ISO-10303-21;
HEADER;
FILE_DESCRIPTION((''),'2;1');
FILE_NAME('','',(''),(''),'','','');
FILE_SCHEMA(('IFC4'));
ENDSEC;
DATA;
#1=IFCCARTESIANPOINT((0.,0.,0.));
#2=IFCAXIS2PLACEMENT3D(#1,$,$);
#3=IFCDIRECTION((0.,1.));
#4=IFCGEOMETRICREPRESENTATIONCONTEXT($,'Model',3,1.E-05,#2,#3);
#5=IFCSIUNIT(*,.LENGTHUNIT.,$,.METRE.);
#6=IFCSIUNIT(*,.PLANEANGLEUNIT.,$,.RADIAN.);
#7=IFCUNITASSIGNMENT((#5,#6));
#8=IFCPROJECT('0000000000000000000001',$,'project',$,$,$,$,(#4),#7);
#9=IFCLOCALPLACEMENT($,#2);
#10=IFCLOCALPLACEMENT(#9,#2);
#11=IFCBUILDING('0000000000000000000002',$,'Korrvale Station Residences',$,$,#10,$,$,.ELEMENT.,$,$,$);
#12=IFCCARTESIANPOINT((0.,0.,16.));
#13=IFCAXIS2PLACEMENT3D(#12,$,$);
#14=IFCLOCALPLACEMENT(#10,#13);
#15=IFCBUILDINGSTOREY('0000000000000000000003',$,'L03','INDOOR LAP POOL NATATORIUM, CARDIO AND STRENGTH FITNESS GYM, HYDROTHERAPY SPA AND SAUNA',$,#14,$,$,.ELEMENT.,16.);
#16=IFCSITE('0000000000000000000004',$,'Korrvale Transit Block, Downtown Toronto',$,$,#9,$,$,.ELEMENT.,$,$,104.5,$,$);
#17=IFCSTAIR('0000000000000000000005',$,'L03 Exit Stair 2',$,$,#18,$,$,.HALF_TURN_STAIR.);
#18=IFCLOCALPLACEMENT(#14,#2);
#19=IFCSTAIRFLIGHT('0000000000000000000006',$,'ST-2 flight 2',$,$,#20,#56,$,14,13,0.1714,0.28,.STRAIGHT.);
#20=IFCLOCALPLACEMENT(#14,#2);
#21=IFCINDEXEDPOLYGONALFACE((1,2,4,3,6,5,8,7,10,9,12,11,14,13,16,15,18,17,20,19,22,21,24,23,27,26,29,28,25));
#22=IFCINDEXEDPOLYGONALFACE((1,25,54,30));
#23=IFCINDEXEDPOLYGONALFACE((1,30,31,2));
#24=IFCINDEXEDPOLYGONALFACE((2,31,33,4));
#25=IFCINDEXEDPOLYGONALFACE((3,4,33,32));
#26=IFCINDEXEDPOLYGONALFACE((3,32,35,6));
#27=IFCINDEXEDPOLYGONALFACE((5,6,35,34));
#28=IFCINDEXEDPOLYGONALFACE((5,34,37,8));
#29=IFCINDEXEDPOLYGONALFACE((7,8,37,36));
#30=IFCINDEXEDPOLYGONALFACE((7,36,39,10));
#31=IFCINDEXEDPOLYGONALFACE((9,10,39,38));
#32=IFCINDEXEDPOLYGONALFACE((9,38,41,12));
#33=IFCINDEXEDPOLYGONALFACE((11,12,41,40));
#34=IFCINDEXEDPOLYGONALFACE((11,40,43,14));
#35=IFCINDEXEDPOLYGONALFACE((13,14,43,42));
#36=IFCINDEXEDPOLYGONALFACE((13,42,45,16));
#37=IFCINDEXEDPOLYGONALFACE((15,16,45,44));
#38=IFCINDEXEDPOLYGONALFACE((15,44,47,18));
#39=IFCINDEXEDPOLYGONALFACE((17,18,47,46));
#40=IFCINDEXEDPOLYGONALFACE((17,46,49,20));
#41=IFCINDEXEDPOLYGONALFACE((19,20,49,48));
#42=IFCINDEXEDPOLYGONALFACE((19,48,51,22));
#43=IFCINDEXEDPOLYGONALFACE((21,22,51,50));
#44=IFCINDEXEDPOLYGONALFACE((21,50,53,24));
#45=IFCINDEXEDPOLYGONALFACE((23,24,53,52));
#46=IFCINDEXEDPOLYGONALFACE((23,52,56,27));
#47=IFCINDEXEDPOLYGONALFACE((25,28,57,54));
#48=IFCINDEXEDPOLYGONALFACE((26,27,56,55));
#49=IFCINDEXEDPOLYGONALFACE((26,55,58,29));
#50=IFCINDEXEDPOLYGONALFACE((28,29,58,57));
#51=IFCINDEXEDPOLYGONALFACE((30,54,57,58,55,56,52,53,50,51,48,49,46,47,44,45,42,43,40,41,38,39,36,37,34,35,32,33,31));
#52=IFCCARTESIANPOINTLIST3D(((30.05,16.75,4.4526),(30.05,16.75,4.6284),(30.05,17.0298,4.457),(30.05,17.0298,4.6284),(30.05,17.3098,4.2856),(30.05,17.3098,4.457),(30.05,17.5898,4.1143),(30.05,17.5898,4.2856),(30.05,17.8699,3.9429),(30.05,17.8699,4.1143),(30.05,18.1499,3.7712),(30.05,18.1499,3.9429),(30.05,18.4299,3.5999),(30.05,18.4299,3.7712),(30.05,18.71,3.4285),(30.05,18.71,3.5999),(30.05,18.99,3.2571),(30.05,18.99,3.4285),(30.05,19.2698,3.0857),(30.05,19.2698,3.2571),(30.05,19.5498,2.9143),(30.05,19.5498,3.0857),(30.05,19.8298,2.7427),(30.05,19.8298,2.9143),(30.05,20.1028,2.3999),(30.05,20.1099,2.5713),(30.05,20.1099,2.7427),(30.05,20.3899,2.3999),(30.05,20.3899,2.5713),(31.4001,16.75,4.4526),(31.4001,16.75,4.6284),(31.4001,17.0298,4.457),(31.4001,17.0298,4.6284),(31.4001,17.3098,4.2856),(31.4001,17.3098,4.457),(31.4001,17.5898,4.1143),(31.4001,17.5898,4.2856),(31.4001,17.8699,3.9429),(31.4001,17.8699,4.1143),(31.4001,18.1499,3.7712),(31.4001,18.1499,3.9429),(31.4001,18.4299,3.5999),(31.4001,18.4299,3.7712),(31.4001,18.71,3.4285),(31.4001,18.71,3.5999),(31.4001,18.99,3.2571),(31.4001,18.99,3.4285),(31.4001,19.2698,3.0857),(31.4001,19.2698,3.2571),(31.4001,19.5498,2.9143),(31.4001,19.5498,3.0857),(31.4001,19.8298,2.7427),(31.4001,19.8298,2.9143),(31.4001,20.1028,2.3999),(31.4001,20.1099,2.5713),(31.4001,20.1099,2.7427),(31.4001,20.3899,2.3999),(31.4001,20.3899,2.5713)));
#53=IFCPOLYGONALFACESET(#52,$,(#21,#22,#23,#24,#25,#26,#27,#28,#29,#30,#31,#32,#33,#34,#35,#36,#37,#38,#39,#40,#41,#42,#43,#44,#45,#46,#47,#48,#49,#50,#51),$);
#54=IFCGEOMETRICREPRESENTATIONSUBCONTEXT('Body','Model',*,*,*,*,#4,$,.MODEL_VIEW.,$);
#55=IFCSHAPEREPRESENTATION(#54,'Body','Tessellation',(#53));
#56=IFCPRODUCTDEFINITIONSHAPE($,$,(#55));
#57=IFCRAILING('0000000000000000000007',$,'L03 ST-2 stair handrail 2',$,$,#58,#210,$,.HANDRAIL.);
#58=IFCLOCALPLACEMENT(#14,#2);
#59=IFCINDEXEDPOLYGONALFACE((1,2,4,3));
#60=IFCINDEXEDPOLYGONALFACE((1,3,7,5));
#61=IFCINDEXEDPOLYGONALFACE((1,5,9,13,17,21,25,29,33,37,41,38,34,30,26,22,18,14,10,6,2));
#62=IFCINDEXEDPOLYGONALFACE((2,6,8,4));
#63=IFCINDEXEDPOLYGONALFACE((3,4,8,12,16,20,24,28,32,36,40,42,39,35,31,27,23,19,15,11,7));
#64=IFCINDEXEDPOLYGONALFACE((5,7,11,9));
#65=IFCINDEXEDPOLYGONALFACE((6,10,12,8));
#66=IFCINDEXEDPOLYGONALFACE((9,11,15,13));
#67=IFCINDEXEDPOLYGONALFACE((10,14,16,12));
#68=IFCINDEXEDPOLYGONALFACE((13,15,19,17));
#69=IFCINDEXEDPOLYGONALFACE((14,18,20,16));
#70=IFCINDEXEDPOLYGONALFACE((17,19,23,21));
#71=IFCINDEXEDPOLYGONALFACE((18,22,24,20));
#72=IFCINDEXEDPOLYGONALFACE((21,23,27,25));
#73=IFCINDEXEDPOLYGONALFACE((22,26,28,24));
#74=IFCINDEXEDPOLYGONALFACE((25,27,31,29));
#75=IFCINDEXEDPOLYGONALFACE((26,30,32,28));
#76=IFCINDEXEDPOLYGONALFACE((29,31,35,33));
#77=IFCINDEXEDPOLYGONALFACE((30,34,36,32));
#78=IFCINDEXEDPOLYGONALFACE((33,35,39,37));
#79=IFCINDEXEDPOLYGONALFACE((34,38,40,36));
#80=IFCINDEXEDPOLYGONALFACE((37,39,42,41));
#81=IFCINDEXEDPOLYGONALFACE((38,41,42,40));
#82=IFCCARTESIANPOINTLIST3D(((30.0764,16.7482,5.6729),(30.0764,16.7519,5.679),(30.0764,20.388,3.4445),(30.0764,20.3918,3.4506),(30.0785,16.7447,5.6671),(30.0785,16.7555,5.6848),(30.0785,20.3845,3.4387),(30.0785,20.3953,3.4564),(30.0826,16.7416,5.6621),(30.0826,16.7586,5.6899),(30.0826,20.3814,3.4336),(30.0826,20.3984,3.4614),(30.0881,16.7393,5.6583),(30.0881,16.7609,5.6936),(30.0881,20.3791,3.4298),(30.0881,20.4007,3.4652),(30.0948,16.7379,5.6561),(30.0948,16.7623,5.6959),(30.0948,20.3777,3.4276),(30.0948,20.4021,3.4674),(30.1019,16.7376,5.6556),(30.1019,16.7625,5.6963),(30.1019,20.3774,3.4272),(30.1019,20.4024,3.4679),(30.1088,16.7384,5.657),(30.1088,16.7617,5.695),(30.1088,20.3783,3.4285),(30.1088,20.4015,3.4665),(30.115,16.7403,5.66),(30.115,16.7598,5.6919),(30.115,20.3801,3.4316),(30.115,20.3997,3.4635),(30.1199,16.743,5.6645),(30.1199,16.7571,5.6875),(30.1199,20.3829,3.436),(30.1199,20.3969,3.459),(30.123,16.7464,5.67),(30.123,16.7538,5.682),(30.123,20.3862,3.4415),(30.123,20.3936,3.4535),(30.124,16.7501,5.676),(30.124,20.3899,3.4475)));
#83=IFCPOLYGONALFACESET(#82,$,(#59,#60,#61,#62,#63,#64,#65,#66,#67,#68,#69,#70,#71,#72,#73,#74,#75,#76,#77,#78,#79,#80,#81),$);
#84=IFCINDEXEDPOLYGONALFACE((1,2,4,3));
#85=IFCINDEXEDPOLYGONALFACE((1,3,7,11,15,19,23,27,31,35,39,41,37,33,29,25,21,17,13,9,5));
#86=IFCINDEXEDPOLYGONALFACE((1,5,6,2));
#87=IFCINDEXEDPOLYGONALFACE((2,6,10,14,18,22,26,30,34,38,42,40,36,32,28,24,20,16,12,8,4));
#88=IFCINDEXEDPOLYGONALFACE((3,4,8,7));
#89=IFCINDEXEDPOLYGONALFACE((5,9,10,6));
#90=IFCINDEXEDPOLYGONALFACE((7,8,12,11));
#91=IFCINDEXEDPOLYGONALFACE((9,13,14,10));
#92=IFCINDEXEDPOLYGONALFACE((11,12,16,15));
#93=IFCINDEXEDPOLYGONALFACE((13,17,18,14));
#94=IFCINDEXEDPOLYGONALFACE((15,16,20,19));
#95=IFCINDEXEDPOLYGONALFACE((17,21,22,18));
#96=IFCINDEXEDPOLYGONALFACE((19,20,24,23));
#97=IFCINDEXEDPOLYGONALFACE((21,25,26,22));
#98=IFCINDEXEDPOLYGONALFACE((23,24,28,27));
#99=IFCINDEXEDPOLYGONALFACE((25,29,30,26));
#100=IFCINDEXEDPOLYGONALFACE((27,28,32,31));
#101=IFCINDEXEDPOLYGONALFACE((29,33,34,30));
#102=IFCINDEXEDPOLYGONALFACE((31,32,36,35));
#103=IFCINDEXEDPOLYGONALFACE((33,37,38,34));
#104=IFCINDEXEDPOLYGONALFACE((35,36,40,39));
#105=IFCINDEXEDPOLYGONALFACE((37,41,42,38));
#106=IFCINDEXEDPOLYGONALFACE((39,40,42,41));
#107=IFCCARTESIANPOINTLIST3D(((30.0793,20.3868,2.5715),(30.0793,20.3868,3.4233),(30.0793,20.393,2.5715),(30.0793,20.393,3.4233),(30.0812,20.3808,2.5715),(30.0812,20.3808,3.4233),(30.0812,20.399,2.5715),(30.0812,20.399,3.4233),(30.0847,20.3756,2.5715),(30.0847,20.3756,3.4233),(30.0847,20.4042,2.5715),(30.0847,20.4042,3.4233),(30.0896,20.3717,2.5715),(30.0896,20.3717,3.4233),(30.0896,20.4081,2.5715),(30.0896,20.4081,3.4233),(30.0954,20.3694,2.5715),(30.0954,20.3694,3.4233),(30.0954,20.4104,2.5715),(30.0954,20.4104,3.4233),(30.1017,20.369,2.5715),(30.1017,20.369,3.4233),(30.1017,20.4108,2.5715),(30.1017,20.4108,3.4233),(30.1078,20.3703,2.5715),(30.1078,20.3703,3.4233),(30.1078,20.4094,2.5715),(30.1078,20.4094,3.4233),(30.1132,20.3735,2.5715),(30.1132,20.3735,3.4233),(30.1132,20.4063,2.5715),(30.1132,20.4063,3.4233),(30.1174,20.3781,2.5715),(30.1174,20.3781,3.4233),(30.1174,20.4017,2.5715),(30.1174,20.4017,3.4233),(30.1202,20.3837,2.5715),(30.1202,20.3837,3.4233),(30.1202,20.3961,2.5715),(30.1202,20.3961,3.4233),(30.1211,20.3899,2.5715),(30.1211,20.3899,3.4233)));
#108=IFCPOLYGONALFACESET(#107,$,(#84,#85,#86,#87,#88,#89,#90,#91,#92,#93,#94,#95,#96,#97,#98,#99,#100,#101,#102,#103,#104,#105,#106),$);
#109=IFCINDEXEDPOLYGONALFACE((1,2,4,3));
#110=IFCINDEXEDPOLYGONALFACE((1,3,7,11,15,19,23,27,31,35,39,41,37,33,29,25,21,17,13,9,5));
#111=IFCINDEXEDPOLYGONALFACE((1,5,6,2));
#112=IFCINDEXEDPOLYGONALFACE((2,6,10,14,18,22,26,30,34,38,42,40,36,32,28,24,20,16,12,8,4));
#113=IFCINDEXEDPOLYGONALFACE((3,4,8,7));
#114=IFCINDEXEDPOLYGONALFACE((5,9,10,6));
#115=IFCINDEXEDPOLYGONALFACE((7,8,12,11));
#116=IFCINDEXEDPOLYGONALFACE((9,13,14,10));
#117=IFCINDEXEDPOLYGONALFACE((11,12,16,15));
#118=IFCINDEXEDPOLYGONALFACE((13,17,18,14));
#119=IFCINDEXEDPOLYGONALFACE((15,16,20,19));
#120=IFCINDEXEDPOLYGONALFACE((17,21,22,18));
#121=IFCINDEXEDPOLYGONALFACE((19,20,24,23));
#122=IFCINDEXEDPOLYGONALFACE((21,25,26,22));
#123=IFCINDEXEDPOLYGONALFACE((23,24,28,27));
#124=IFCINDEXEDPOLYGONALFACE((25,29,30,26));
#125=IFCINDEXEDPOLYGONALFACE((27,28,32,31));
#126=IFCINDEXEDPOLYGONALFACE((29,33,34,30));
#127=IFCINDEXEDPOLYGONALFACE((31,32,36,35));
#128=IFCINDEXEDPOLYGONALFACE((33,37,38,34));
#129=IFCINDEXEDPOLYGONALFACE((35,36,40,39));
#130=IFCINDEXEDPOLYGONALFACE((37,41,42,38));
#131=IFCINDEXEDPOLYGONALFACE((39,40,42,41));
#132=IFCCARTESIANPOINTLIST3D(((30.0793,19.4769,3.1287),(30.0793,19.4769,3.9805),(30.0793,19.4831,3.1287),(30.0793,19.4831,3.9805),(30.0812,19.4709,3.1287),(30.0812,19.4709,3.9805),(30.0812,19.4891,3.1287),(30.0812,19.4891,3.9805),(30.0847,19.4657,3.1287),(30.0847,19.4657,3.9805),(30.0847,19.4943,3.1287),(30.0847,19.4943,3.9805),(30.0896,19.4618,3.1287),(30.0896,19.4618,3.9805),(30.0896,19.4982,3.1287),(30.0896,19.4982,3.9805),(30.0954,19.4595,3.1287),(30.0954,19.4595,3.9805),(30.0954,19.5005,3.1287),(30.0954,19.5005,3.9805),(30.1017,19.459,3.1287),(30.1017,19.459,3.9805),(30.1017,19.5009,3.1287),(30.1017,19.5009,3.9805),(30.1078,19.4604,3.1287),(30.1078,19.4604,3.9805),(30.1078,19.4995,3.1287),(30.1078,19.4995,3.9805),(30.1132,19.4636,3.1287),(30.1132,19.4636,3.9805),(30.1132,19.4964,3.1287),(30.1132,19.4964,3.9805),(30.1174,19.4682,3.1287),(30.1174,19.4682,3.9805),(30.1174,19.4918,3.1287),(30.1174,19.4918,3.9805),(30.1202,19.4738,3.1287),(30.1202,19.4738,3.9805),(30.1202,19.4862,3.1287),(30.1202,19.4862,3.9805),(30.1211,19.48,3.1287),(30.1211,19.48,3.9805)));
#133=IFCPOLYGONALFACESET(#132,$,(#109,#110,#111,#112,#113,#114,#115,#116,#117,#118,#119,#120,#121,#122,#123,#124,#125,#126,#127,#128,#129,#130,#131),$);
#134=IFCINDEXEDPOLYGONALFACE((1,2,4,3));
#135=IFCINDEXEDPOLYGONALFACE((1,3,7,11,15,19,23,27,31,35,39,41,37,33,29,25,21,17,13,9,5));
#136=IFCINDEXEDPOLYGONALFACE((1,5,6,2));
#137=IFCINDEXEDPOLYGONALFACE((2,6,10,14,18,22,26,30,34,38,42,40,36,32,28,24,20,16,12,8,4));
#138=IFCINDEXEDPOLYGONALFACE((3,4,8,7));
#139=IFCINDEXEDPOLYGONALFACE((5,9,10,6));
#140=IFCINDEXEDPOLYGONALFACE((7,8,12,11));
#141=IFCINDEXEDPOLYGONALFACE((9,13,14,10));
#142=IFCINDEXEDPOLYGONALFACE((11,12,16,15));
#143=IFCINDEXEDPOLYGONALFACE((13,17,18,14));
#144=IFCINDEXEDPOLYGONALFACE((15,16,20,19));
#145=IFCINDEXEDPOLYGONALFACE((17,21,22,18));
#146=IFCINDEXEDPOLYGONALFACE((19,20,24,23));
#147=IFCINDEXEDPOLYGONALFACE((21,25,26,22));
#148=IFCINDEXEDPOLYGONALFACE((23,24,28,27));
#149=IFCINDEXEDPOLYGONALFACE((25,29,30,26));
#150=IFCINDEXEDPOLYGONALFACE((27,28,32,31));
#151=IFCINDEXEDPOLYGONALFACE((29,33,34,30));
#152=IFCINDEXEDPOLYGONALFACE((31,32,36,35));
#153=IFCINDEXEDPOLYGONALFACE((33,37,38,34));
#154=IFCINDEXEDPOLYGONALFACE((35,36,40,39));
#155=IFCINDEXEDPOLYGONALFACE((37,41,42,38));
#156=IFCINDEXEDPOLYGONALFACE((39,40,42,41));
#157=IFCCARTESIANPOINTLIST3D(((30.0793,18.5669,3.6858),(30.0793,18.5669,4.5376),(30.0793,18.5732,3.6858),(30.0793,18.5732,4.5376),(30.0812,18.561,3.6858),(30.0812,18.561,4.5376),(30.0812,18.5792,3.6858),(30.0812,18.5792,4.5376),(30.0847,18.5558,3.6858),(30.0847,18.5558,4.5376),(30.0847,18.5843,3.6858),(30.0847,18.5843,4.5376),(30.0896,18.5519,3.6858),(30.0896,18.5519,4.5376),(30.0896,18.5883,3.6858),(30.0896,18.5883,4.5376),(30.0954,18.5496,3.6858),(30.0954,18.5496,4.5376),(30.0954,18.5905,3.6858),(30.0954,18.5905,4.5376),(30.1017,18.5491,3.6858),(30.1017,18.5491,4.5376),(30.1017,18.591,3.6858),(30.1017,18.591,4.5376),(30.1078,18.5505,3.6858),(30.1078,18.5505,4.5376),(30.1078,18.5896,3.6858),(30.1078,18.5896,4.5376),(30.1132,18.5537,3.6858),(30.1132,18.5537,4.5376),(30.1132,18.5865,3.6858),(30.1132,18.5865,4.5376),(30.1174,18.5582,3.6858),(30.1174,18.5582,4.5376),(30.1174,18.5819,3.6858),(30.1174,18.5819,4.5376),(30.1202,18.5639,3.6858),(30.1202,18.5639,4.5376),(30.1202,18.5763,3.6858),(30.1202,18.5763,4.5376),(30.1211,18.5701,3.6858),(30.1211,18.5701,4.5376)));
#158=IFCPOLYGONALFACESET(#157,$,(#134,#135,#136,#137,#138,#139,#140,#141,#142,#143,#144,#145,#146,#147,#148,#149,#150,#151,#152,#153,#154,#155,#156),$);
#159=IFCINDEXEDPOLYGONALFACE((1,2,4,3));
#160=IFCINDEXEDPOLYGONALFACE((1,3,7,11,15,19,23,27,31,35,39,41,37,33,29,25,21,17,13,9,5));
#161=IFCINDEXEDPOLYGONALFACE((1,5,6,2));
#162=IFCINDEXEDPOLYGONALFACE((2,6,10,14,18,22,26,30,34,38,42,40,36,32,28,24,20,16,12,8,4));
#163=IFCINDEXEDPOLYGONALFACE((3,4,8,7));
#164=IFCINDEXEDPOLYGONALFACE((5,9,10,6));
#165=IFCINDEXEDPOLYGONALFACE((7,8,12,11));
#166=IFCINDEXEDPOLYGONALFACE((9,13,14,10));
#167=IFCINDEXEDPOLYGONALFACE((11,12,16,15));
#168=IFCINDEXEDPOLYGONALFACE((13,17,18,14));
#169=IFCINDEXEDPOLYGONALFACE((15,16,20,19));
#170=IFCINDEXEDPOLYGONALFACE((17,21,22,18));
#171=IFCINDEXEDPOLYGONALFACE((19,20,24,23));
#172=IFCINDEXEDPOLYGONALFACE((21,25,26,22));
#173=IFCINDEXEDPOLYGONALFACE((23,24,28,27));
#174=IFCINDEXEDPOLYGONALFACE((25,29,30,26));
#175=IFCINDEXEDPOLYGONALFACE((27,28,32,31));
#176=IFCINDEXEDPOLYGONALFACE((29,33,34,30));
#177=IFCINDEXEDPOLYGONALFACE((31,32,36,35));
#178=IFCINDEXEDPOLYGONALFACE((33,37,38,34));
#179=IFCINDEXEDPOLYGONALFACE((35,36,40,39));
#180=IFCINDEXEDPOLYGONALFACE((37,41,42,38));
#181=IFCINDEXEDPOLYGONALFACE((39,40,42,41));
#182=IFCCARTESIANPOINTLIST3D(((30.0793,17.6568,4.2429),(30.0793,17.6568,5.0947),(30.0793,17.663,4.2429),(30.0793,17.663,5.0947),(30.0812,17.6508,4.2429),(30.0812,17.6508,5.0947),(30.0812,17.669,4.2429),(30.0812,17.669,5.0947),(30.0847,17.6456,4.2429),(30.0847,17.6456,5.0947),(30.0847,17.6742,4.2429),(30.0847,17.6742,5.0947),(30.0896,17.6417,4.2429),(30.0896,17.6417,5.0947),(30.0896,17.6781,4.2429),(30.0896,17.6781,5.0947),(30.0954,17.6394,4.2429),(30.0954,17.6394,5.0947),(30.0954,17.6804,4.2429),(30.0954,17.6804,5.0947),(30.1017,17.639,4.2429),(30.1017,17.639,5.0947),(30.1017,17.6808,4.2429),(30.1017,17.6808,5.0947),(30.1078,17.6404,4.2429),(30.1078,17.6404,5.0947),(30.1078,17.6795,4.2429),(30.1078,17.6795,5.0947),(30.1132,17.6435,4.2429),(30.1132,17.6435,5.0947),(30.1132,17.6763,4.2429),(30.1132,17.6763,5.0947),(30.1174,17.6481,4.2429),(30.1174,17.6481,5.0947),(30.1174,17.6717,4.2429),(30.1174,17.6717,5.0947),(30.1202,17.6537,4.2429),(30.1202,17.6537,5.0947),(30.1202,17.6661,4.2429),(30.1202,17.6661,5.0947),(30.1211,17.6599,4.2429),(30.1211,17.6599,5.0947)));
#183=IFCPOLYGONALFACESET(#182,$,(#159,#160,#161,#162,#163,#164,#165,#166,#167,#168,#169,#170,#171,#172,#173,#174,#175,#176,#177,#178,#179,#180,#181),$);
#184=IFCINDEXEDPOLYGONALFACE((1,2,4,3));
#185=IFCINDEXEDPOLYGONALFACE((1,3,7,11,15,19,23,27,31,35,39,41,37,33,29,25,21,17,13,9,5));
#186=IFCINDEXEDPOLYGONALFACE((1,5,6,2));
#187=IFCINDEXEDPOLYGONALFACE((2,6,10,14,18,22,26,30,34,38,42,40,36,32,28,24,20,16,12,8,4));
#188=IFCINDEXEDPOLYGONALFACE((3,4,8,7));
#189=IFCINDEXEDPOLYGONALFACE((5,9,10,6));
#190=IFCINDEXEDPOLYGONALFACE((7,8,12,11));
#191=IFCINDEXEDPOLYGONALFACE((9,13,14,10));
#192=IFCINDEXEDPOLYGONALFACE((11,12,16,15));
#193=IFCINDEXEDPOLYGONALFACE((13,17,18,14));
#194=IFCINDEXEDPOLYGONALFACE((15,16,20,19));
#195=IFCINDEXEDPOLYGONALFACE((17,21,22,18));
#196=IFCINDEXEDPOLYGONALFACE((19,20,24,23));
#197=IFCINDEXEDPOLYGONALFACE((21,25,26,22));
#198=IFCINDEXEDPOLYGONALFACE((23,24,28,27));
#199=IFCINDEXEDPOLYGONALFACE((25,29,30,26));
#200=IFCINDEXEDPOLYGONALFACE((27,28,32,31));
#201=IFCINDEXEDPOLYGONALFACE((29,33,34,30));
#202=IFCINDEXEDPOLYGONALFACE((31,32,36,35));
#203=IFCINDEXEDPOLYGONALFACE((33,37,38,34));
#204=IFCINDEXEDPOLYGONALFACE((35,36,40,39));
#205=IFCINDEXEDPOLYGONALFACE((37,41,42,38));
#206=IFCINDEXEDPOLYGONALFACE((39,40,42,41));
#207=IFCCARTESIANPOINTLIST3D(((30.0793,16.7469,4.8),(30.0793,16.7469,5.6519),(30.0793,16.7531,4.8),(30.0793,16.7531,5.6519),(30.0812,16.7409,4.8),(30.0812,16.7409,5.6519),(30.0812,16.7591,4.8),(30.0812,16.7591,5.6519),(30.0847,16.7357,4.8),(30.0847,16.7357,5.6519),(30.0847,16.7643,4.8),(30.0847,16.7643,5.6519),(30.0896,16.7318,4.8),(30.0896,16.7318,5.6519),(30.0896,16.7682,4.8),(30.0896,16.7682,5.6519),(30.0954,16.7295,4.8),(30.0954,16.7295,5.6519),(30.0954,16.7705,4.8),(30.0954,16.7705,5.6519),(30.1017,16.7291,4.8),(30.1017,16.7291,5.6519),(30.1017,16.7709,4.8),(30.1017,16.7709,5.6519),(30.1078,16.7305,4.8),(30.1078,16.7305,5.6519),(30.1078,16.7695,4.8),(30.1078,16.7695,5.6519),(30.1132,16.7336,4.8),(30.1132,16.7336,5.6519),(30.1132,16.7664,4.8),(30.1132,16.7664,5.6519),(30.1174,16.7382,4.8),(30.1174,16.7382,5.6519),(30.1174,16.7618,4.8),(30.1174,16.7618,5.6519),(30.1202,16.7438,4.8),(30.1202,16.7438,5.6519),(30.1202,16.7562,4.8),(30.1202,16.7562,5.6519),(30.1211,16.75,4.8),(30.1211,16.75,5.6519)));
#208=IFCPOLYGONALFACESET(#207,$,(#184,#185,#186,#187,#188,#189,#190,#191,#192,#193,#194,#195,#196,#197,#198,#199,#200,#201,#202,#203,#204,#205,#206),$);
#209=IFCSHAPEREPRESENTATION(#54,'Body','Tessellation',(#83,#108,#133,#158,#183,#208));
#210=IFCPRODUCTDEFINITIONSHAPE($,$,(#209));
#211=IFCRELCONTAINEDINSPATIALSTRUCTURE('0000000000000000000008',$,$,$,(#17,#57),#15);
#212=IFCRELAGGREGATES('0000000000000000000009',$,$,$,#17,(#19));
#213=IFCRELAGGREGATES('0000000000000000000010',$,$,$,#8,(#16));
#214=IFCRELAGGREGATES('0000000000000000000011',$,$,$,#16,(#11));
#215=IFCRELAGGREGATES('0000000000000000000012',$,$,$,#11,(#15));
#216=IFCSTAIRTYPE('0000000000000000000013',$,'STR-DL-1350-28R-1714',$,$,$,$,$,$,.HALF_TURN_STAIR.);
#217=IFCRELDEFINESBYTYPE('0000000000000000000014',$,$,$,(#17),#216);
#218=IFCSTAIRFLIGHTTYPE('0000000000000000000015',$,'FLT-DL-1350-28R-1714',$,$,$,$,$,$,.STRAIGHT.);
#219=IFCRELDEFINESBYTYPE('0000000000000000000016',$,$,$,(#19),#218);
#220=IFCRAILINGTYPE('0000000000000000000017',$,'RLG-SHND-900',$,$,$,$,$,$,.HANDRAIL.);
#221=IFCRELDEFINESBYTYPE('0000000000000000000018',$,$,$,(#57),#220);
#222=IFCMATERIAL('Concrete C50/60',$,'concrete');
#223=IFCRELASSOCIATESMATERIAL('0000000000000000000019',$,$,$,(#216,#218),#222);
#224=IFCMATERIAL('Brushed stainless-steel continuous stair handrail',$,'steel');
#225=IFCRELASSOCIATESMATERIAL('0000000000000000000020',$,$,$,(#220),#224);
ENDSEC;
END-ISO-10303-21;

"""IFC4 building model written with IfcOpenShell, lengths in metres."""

from ifc_helpers import new_model, si_unit, direction, frame, origin, origin_2d, place, context, subcontext, project, spatial, polyline, circle, outline, extrude, material, type_object, element, aggregate, save


model = new_model("IFC4")

# Units and contexts
model_context = context("Model", 3, precision=1e-05, world=origin(), true_north=direction((0.0, 1.0)))
body_context = subcontext(model_context, "Body", "Model", "MODEL_VIEW")
ifc_project = project(units=[si_unit("LENGTHUNIT", "METRE"), si_unit("PLANEANGLEUNIT", "RADIAN")], contexts=[model_context])

# Site, building, storey
site_placement = place(None, origin())
site = spatial("IfcSite", under=ifc_project, at=site_placement, Name="Korrvale Transit Block, Downtown Toronto", CompositionType="ELEMENT", RefElevation=104.5)
building_placement = place(site_placement, origin())
building = spatial("IfcBuilding", under=site, at=building_placement, Name="Korrvale Station Residences", CompositionType="ELEMENT")
storey_placement = place(building_placement, frame((0.0, 0.0, 16.0)))
storey = spatial("IfcBuildingStorey", under=building, at=storey_placement, Name="L03", Description="INDOOR LAP POOL NATATORIUM, CARDIO AND STRENGTH FITNESS GYM, HYDROTHERAPY SPA AND SAUNA", CompositionType="ELEMENT", Elevation=16.0)

# Stair, stair flight
ifc_material_1 = material(Name="Concrete C50/60", Category="concrete")
stair_type = type_object("IfcStairType", Name="STR-DL-1350-28R-1714", PredefinedType="HALF_TURN_STAIR", material=ifc_material_1)
stair_placement = place(storey_placement, origin())
stair = element("IfcStair", 1, at=stair_placement, inside=storey, type_object=stair_type, Name="L03 Exit Stair 2", PredefinedType="HALF_TURN_STAIR")
stair_flight_type = type_object("IfcStairFlightType", Name="FLT-DL-1350-28R-1714", PredefinedType="STRAIGHT", material=ifc_material_1)
stair_flight_placement = place(storey_placement, frame((30.7251, 20.3899, 2.3999), z_axis=(0.0, 0.0, 1.0), x_axis=(0.0, -1.0, 0.0)))
stair_flight = element("IfcStairFlight", 2, at=stair_flight_placement, type_object=stair_flight_type, Name="ST-2 flight 2", NumberOfRisers=14, NumberOfTreads=13, PredefinedType="STRAIGHT", RiserHeight=0.1714, TreadLength=0.28, context=body_context, shape_type="SweptSolid", body=[
    extrude(outline(polyline([(0.0, 0.0), (0.0, 0.1714), (0.28, 0.1714), (0.28, 0.3428), (0.5601, 0.3428), (0.5601, 0.5144), (0.8401, 0.5144), (0.8401, 0.6858), (1.1201, 0.6858), (1.1201, 0.8572), (1.3999, 0.8572), (1.3999, 1.0286), (1.6799, 1.0286), (1.6799, 1.2), (1.96, 1.2), (1.96, 1.3713), (2.24, 1.3713), (2.24, 1.543), (2.52, 1.543), (2.52, 1.7144), (2.8, 1.7144), (2.8, 1.8857), (3.0801, 1.8857), (3.0801, 2.0571), (3.3601, 2.0571), (3.3601, 2.2285), (3.6399, 2.2285), (3.6399, 2.3999), (3.6399, 2.0527), (0.2871, 0.0), (0.0, 0.0)])), frame((0.0, 0.675, 0.0), z_axis=(0.0, -1.0, 0.0), x_axis=(1.0, 0.0, 0.0)), (0.0, 0.0, 1.0), 1.3501),
])
aggregate(stair, [stair_flight])

# Railing
ifc_material_2 = material(Name="Brushed stainless-steel continuous stair handrail", Category="steel")
railing_type_1 = type_object("IfcRailingType", Name="RLG-SHND-900", PredefinedType="HANDRAIL", material=ifc_material_2)
railing_1_placement = place(storey_placement, frame((30.1001, 20.3899, 2.5715)))
element("IfcRailing", 3, at=railing_1_placement, inside=storey, type_object=railing_type_1, Name="L03 ST-2 stair handrail 2", PredefinedType="HANDRAIL", context=body_context, shape_type="SweptSolid", body=[
    extrude(circle(Radius=0.0239, at=origin_2d()), frame((0.0, 0.0, 0.876), z_axis=(0.0, -0.85285, 0.522156), x_axis=(1.0, 0.0, 0.0)), (0.0, 0.0, 1.0), 4.2678),
    extrude(circle(Radius=0.021, at=origin_2d()), origin(), (0.0, 0.0, 1.0), 0.8518),
    extrude(circle(Radius=0.021, at=origin_2d()), frame((0.0, -0.9099, 0.5571)), (0.0, 0.0, 1.0), 0.8518),
    extrude(circle(Radius=0.021, at=origin_2d()), frame((0.0, -1.8198, 1.1143)), (0.0, 0.0, 1.0), 0.8518),
    extrude(circle(Radius=0.021, at=origin_2d()), frame((0.0, -2.73, 1.6714)), (0.0, 0.0, 1.0), 0.8518),
    extrude(circle(Radius=0.021, at=origin_2d()), frame((0.0, -3.6399, 2.2285)), (0.0, 0.0, 1.0), 0.8518),
])

save(model, "model.ifc")
